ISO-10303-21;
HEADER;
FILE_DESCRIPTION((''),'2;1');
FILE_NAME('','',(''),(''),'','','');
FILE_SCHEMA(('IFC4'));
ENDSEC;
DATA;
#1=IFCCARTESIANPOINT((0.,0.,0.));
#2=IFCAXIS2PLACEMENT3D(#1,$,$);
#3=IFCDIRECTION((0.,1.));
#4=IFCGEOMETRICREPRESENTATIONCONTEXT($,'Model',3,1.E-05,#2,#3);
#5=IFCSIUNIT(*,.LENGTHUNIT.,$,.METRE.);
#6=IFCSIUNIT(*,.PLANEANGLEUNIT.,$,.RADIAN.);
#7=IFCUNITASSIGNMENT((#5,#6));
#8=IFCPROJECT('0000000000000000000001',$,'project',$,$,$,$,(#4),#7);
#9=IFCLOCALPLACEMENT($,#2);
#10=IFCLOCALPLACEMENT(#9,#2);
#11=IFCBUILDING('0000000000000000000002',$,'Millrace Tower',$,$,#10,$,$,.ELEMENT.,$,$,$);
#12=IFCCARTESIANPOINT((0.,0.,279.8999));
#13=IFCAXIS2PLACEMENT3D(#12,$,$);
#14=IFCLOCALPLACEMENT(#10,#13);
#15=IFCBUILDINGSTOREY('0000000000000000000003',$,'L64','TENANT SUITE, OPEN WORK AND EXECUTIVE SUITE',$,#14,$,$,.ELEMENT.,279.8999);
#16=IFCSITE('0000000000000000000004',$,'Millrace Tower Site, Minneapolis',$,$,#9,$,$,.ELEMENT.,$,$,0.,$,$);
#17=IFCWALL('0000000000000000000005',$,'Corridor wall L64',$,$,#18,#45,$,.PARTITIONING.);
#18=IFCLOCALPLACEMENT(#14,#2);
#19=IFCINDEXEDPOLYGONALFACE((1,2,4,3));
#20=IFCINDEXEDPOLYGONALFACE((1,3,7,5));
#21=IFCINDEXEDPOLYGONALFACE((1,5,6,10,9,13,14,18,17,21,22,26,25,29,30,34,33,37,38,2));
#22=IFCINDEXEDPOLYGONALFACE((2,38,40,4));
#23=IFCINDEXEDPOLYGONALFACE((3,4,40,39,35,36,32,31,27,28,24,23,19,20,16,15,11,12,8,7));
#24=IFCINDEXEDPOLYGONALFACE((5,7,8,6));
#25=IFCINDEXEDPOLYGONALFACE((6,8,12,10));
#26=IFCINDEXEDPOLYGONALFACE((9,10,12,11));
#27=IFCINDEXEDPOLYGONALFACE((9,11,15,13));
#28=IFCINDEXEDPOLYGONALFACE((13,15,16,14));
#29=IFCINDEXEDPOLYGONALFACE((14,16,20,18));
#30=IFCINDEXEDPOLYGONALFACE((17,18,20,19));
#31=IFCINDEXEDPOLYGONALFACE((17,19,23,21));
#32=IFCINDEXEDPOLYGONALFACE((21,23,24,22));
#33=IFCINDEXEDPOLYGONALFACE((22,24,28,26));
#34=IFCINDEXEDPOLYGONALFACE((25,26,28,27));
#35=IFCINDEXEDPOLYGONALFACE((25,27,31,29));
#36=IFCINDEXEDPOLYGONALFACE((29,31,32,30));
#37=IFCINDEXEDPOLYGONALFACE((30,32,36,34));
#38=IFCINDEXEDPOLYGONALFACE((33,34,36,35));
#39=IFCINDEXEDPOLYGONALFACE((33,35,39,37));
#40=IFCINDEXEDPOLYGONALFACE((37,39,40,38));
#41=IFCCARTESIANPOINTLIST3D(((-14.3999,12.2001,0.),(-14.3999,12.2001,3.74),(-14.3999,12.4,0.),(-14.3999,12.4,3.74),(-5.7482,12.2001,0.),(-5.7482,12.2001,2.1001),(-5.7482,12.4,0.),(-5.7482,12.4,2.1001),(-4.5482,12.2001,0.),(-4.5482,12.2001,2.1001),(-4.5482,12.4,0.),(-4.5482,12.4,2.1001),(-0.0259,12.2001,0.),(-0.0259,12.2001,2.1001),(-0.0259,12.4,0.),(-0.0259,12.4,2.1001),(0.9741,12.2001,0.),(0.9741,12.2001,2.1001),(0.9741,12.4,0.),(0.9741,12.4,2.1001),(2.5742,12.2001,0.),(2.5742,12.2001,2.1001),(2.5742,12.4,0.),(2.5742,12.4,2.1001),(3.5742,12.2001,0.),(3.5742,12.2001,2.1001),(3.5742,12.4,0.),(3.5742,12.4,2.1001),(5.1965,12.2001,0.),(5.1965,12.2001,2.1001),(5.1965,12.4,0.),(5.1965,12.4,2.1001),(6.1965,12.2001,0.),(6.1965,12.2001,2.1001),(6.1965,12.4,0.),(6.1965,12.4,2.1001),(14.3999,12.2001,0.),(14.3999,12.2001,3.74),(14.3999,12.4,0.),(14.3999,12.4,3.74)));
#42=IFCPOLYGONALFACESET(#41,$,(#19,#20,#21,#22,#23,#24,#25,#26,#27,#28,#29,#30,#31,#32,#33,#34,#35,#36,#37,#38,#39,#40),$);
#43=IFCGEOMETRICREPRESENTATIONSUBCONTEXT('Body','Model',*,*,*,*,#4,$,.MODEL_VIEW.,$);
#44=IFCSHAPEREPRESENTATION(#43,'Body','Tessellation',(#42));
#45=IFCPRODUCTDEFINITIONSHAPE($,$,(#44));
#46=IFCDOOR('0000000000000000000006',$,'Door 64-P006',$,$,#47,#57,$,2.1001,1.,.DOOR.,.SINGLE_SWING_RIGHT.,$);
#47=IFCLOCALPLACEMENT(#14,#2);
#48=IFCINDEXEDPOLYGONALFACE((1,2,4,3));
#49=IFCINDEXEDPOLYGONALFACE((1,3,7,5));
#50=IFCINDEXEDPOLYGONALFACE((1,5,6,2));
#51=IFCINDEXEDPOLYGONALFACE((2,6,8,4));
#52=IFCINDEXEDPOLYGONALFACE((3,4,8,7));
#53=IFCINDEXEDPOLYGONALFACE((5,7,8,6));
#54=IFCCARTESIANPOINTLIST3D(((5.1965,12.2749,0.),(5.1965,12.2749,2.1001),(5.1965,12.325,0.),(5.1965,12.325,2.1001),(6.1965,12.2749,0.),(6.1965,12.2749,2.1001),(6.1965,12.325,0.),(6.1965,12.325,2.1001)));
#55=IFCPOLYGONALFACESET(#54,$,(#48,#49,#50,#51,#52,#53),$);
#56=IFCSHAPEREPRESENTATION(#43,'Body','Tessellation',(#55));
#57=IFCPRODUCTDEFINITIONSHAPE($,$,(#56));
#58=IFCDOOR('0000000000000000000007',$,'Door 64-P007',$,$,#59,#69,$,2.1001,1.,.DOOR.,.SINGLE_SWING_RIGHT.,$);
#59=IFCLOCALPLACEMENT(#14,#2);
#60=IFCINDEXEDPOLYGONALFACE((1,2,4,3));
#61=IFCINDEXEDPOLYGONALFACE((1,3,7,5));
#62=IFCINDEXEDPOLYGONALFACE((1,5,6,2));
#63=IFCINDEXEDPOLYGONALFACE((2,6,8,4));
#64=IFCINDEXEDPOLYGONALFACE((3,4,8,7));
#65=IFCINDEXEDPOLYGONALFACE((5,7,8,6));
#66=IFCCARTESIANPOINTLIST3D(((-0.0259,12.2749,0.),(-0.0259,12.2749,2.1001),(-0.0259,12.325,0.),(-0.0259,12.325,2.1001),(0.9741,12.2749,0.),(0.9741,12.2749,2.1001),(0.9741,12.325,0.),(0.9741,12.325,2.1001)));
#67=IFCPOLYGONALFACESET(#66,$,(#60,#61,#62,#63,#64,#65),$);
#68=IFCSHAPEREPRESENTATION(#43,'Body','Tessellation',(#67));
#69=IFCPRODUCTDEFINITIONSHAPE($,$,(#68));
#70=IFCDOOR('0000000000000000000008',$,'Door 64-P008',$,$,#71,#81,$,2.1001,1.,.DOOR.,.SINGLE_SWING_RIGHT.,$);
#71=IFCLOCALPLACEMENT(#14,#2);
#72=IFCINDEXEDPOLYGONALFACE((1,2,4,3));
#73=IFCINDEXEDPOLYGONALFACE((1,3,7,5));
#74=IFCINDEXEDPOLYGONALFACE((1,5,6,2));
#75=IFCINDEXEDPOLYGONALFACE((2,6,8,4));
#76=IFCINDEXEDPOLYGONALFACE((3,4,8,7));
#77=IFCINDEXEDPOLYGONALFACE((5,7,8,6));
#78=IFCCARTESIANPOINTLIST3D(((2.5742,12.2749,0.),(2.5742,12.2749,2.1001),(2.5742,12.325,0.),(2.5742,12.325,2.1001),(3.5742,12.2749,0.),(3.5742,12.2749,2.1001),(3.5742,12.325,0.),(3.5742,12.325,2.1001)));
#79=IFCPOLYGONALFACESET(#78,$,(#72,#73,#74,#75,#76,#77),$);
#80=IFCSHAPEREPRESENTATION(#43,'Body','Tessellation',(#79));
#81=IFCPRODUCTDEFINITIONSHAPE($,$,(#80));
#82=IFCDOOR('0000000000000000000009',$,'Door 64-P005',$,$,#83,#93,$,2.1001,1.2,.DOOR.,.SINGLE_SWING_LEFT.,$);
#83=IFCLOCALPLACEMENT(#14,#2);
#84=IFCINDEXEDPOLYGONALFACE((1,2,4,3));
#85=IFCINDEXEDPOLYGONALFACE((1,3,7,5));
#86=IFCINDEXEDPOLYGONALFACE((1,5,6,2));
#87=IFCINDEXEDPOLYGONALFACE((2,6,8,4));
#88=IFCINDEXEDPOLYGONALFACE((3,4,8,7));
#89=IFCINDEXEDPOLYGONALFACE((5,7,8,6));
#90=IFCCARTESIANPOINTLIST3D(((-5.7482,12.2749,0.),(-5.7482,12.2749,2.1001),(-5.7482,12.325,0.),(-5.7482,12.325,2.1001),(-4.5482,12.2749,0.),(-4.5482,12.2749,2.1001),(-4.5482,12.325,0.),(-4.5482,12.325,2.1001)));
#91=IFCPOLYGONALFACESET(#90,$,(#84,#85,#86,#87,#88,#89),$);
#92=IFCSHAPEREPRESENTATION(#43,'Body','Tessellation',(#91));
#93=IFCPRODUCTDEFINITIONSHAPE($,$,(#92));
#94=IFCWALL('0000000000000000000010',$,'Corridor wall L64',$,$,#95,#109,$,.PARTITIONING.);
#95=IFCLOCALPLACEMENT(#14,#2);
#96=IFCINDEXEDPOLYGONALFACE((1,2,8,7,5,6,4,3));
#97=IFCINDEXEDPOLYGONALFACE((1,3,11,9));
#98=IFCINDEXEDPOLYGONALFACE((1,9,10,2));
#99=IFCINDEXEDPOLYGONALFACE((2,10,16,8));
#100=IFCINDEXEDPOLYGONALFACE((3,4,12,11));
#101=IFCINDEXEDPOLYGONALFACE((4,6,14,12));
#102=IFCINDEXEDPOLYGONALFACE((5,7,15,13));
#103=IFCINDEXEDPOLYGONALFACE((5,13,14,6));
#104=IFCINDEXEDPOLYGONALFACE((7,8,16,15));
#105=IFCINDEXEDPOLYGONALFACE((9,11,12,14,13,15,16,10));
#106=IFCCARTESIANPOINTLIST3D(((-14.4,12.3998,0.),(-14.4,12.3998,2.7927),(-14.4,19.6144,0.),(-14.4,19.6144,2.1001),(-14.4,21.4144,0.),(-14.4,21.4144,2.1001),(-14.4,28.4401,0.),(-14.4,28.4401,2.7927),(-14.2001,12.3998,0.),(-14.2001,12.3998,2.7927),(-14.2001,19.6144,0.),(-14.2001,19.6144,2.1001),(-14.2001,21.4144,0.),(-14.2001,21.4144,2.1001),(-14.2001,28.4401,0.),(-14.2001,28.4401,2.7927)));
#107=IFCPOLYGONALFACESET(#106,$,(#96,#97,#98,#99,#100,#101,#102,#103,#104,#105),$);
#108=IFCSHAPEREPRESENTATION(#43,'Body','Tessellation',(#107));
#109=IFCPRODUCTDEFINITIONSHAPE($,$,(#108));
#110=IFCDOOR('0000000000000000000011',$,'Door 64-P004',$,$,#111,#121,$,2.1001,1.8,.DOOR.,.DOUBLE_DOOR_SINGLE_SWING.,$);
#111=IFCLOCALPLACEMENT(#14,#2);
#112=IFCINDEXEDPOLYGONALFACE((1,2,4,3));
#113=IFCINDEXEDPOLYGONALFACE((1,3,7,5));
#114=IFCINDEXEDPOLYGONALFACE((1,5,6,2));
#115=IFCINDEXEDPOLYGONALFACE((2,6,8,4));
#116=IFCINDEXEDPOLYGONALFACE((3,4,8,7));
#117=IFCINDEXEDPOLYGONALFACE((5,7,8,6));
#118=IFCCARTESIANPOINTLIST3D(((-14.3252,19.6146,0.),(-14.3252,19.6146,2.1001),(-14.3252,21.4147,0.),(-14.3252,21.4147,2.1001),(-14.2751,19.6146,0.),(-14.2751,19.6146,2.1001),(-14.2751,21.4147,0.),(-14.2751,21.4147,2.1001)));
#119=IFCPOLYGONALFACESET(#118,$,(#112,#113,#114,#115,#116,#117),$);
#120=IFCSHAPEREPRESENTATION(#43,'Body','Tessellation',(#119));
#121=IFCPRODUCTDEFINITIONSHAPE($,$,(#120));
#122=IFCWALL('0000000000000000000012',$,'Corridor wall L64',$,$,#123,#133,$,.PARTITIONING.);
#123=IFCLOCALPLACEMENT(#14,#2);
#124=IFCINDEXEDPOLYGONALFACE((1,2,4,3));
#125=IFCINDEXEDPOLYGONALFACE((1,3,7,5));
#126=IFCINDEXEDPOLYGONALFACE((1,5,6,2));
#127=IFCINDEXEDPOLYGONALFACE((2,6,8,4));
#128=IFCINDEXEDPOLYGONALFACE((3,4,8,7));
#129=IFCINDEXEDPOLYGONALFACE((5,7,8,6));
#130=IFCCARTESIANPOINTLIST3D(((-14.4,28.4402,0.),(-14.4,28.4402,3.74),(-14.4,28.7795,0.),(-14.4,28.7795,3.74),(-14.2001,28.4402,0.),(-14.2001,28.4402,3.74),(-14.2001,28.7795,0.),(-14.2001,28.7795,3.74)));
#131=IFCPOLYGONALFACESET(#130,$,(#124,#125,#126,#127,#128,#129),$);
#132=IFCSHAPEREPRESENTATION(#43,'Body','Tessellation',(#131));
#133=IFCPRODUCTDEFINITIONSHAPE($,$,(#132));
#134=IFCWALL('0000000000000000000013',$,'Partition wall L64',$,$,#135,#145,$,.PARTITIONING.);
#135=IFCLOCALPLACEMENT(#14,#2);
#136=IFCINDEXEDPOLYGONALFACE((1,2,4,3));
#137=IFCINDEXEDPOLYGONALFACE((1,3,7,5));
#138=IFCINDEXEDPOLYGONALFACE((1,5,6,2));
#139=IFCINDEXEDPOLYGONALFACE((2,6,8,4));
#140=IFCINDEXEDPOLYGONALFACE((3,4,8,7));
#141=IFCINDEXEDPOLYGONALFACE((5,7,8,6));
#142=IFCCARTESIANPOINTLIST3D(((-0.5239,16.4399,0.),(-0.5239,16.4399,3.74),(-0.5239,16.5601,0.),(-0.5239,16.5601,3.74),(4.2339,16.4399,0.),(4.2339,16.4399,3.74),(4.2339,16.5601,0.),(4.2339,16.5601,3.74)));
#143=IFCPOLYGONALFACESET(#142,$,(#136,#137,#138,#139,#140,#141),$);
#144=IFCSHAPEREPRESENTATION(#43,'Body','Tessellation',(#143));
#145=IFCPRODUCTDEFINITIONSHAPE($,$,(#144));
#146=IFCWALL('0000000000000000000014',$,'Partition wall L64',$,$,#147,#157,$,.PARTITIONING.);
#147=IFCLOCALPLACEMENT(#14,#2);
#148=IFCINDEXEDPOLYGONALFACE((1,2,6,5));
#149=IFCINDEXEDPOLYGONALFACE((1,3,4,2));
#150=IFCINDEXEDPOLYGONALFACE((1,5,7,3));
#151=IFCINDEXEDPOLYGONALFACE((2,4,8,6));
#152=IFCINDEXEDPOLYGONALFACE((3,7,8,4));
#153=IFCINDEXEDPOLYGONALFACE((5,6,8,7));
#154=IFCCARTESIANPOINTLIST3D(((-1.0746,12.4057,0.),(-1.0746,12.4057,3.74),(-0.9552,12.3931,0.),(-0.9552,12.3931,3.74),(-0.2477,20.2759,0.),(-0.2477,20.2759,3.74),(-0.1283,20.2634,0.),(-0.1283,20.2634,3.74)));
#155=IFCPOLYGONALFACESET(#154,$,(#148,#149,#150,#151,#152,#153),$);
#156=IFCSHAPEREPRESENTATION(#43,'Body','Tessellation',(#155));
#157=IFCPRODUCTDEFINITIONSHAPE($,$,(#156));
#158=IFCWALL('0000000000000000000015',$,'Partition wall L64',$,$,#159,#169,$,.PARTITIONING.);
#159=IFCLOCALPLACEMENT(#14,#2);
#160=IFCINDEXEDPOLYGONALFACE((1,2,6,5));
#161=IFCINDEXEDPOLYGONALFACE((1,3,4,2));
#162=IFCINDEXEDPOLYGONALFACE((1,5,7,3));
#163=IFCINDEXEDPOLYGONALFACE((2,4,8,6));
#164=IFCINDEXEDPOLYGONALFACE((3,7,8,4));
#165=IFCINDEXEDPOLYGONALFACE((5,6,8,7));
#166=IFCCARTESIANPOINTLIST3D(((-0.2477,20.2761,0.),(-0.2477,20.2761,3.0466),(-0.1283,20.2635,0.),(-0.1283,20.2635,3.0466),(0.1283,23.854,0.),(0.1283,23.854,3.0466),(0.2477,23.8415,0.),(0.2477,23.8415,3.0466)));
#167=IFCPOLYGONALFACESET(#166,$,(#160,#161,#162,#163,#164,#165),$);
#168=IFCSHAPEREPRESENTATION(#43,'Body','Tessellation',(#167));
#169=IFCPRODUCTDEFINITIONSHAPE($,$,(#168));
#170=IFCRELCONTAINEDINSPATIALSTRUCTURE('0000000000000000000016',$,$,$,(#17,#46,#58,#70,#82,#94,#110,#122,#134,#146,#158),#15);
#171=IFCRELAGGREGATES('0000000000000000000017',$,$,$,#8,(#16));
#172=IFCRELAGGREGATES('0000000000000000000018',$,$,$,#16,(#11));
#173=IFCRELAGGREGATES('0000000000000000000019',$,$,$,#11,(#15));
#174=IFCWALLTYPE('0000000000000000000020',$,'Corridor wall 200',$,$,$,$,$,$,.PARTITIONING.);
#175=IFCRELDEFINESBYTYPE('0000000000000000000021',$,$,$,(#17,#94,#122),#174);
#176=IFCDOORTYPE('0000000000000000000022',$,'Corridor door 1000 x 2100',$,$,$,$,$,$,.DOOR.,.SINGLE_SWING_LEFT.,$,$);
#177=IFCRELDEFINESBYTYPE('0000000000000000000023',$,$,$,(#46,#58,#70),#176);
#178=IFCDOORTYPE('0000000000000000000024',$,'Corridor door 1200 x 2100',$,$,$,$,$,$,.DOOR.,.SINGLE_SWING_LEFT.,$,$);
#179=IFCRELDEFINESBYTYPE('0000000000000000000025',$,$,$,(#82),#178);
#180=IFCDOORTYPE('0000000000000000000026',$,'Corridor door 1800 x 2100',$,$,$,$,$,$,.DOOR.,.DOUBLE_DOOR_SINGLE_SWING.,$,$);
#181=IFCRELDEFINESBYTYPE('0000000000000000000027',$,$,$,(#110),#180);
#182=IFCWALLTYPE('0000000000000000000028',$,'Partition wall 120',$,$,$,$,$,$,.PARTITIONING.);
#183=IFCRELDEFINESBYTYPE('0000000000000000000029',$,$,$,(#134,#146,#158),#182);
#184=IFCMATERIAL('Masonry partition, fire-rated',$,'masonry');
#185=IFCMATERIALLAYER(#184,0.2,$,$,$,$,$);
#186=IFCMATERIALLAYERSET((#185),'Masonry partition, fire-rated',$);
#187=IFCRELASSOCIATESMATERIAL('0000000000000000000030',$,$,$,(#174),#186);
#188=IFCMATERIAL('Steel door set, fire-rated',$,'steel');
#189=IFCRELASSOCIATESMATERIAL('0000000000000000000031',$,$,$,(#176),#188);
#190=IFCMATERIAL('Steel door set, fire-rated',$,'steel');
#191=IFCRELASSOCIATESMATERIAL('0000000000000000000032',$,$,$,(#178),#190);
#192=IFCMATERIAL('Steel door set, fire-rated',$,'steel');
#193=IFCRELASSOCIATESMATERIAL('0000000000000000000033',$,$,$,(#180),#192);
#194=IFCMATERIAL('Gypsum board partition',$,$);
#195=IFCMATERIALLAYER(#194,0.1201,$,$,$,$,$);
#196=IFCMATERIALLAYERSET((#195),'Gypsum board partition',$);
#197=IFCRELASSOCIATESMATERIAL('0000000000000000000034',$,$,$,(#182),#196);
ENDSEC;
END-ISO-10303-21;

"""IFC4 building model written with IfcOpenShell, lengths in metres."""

from ifc_helpers import new_model, si_unit, direction, frame, frame_2d, origin, place, context, subcontext, project, spatial, rectangle, extrude, material, layer, layer_set, type_object, element, fill, save


model = new_model("IFC4")

# Units and contexts
model_context = context("Model", 3, precision=1e-05, world=origin(), true_north=direction((0.0, 1.0)))
body_context = subcontext(model_context, "Body", "Model", "MODEL_VIEW")
ifc_project = project(units=[si_unit("LENGTHUNIT", "METRE"), si_unit("PLANEANGLEUNIT", "RADIAN")], contexts=[model_context])

# Site, building, storey
site_placement = place(None, origin())
site = spatial("IfcSite", under=ifc_project, at=site_placement, Name="Millrace Tower Site, Minneapolis", CompositionType="ELEMENT", RefElevation=0.0)
building_placement = place(site_placement, origin())
building = spatial("IfcBuilding", under=site, at=building_placement, Name="Millrace Tower", CompositionType="ELEMENT")
storey_placement = place(building_placement, frame((0.0, 0.0, 279.8999)))
storey = spatial("IfcBuildingStorey", under=building, at=storey_placement, Name="L64", Description="TENANT SUITE, OPEN WORK AND EXECUTIVE SUITE", CompositionType="ELEMENT", Elevation=279.8999)

# Wall, openings, doors
ifc_material_1 = material(Name="Masonry partition, fire-rated", Category="masonry")
ifc_layer_1 = layer(ifc_material_1, 0.2)
ifc_layer_set_1 = layer_set([ifc_layer_1], Name="Masonry partition, fire-rated")
wall_type_1 = type_object("IfcWallType", Name="Corridor wall 200", PredefinedType="PARTITIONING", material=ifc_layer_set_1)
wall_1_placement = place(storey_placement, frame((-14.3999, 12.3, 0.0), z_axis=(0.0, 0.0, 1.0), x_axis=(1.0, 0.0, 0.0)))
wall_1 = element("IfcWall", 1, at=wall_1_placement, inside=storey, type_object=wall_type_1, Name="Corridor wall L64", PredefinedType="PARTITIONING", context=body_context, shape_type="SweptSolid", body=[
    extrude(rectangle(XDim=28.7998, YDim=0.2, at=frame_2d((14.3999, 0.0))), origin(), (0.0, 0.0, 1.0), 3.74),
])
opening_1_placement = place(wall_1_placement, frame((8.6516, 0.0, 0.0)))
opening_1 = element("IfcOpeningElement", 2, at=opening_1_placement, cuts=wall_1, PredefinedType="OPENING", context=body_context, shape_type="SweptSolid", body=[
    extrude(rectangle(XDim=1.2, YDim=2.1001, at=frame_2d((0.6001, 1.05))), frame((0.0, 0.1099, 0.0), z_axis=(0.0, -1.0, 0.0), x_axis=(1.0, 0.0, 0.0)), (0.0, 0.0, 1.0), 0.22),
])
opening_2_placement = place(wall_1_placement, frame((19.5964, 0.0, 0.0)))
opening_2 = element("IfcOpeningElement", 3, at=opening_2_placement, cuts=wall_1, PredefinedType="OPENING", context=body_context, shape_type="SweptSolid", body=[
    extrude(rectangle(XDim=1.0, YDim=2.1001, at=frame_2d((0.5, 1.05))), frame((0.0, 0.1099, 0.0), z_axis=(0.0, -1.0, 0.0), x_axis=(1.0, 0.0, 0.0)), (0.0, 0.0, 1.0), 0.22),
])
opening_3_placement = place(wall_1_placement, frame((14.374, 0.0, 0.0)))
opening_3 = element("IfcOpeningElement", 4, at=opening_3_placement, cuts=wall_1, PredefinedType="OPENING", context=body_context, shape_type="SweptSolid", body=[
    extrude(rectangle(XDim=1.0, YDim=2.1001, at=frame_2d((0.5, 1.05))), frame((0.0, 0.1099, 0.0), z_axis=(0.0, -1.0, 0.0), x_axis=(1.0, 0.0, 0.0)), (0.0, 0.0, 1.0), 0.22),
])
opening_4_placement = place(wall_1_placement, frame((16.9741, 0.0, 0.0)))
opening_4 = element("IfcOpeningElement", 5, at=opening_4_placement, cuts=wall_1, PredefinedType="OPENING", context=body_context, shape_type="SweptSolid", body=[
    extrude(rectangle(XDim=1.0, YDim=2.1001, at=frame_2d((0.5, 1.05))), frame((0.0, 0.1099, 0.0), z_axis=(0.0, -1.0, 0.0), x_axis=(1.0, 0.0, 0.0)), (0.0, 0.0, 1.0), 0.22),
])
ifc_material_2 = material(Name="Steel door set, fire-rated", Category="steel")
door_type_1 = type_object("IfcDoorType", Name="Corridor door 1000 x 2100", OperationType="SINGLE_SWING_LEFT", PredefinedType="DOOR", material=ifc_material_2)
door_1_placement = place(opening_2_placement, origin())
door_1 = element("IfcDoor", 6, at=door_1_placement, inside=storey, type_object=door_type_1, Name="Door 64-P006", OperationType="SINGLE_SWING_RIGHT", OverallHeight=2.1001, OverallWidth=1.0, PredefinedType="DOOR", context=body_context, shape_type="SweptSolid", body=[
    extrude(rectangle(XDim=1.0, YDim=2.1001, at=frame_2d((0.5, 1.05))), frame((0.0, 0.0249, 0.0), z_axis=(0.0, -1.0, 0.0), x_axis=(1.0, 0.0, 0.0)), (0.0, 0.0, 1.0), 0.05),
])
fill(opening_2, door_1)
door_2_placement = place(opening_3_placement, origin())
door_2 = element("IfcDoor", 7, at=door_2_placement, inside=storey, type_object=door_type_1, Name="Door 64-P007", OperationType="SINGLE_SWING_RIGHT", OverallHeight=2.1001, OverallWidth=1.0, PredefinedType="DOOR", context=body_context, shape_type="SweptSolid", body=[
    extrude(rectangle(XDim=1.0, YDim=2.1001, at=frame_2d((0.5, 1.05))), frame((0.0, 0.0249, 0.0), z_axis=(0.0, -1.0, 0.0), x_axis=(1.0, 0.0, 0.0)), (0.0, 0.0, 1.0), 0.05),
])
fill(opening_3, door_2)
door_3_placement = place(opening_4_placement, origin())
door_3 = element("IfcDoor", 8, at=door_3_placement, inside=storey, type_object=door_type_1, Name="Door 64-P008", OperationType="SINGLE_SWING_RIGHT", OverallHeight=2.1001, OverallWidth=1.0, PredefinedType="DOOR", context=body_context, shape_type="SweptSolid", body=[
    extrude(rectangle(XDim=1.0, YDim=2.1001, at=frame_2d((0.5, 1.05))), frame((0.0, 0.0249, 0.0), z_axis=(0.0, -1.0, 0.0), x_axis=(1.0, 0.0, 0.0)), (0.0, 0.0, 1.0), 0.05),
])
fill(opening_4, door_3)
ifc_material_3 = material(Name="Steel door set, fire-rated", Category="steel")
door_type_2 = type_object("IfcDoorType", Name="Corridor door 1200 x 2100", OperationType="SINGLE_SWING_LEFT", PredefinedType="DOOR", material=ifc_material_3)
door_4_placement = place(opening_1_placement, origin())
door_4 = element("IfcDoor", 9, at=door_4_placement, inside=storey, type_object=door_type_2, Name="Door 64-P005", OperationType="SINGLE_SWING_LEFT", OverallHeight=2.1001, OverallWidth=1.2, PredefinedType="DOOR", context=body_context, shape_type="SweptSolid", body=[
    extrude(rectangle(XDim=1.2, YDim=2.1001, at=frame_2d((0.6001, 1.05))), frame((0.0, 0.0249, 0.0), z_axis=(0.0, -1.0, 0.0), x_axis=(1.0, 0.0, 0.0)), (0.0, 0.0, 1.0), 0.05),
])
fill(opening_1, door_4)

# Wall, opening, door
wall_2_placement = place(storey_placement, frame((-14.3, 12.3999, 0.0), z_axis=(0.0, 0.0, 1.0), x_axis=(0.0, 1.0, 0.0)))
wall_2 = element("IfcWall", 10, at=wall_2_placement, inside=storey, type_object=wall_type_1, Name="Corridor wall L64", PredefinedType="PARTITIONING", context=body_context, shape_type="SweptSolid", body=[
    extrude(rectangle(XDim=16.0403, YDim=0.2, at=frame_2d((8.02, 0.0))), origin(), (0.0, 0.0, 1.0), 2.7927),
])
opening_5_placement = place(wall_2_placement, frame((7.2146, 0.0, 0.0)))
opening_5 = element("IfcOpeningElement", 11, at=opening_5_placement, cuts=wall_2, PredefinedType="OPENING", context=body_context, shape_type="SweptSolid", body=[
    extrude(rectangle(XDim=1.8, YDim=2.1001, at=frame_2d((0.8999, 1.05))), frame((0.0, 0.1099, 0.0), z_axis=(0.0, -1.0, 0.0), x_axis=(1.0, 0.0, 0.0)), (0.0, 0.0, 1.0), 0.22),
])
ifc_material_4 = material(Name="Steel door set, fire-rated", Category="steel")
door_type_3 = type_object("IfcDoorType", Name="Corridor door 1800 x 2100", OperationType="DOUBLE_DOOR_SINGLE_SWING", PredefinedType="DOOR", material=ifc_material_4)
door_5_placement = place(opening_5_placement, frame((1.8, 0.0, 0.0), z_axis=(0.0, 0.0, 1.0), x_axis=(-1.0, 0.0, 0.0)))
door_5 = element("IfcDoor", 12, at=door_5_placement, inside=storey, type_object=door_type_3, Name="Door 64-P004", OperationType="DOUBLE_DOOR_SINGLE_SWING", OverallHeight=2.1001, OverallWidth=1.8, PredefinedType="DOOR", context=body_context, shape_type="SweptSolid", body=[
    extrude(rectangle(XDim=1.8, YDim=2.1001, at=frame_2d((0.8999, 1.05))), frame((0.0, 0.0249, 0.0), z_axis=(0.0, -1.0, 0.0), x_axis=(1.0, 0.0, 0.0)), (0.0, 0.0, 1.0), 0.05),
])
fill(opening_5, door_5)

# Walls
wall_3_placement = place(storey_placement, frame((-14.3, 28.4402, 0.0), z_axis=(0.0, 0.0, 1.0), x_axis=(0.0, 1.0, 0.0)))
element("IfcWall", 13, at=wall_3_placement, inside=storey, type_object=wall_type_1, Name="Corridor wall L64", PredefinedType="PARTITIONING", context=body_context, shape_type="SweptSolid", body=[
    extrude(rectangle(XDim=0.3394, YDim=0.2, at=frame_2d((0.1697, 0.0))), origin(), (0.0, 0.0, 1.0), 3.74),
])
ifc_material_5 = material(Name="Gypsum board partition")
ifc_layer_2 = layer(ifc_material_5, 0.1201)
ifc_layer_set_2 = layer_set([ifc_layer_2], Name="Gypsum board partition")
wall_type_2 = type_object("IfcWallType", Name="Partition wall 120", PredefinedType="PARTITIONING", material=ifc_layer_set_2)
wall_4_placement = place(storey_placement, frame((-0.5239, 16.5, 0.0), z_axis=(0.0, 0.0, 1.0), x_axis=(1.0, 0.0, 0.0)))
element("IfcWall", 14, at=wall_4_placement, inside=storey, type_object=wall_type_2, Name="Partition wall L64", PredefinedType="PARTITIONING", context=body_context, shape_type="SweptSolid", body=[
    extrude(rectangle(XDim=4.7578, YDim=0.1201, at=frame_2d((2.3789, 0.0))), origin(), (0.0, 0.0, 1.0), 3.74),
])
wall_5_placement = place(storey_placement, frame((-1.0149, 12.3994, 0.0), z_axis=(0.0, 0.0, 1.0), x_axis=(0.10449, 0.994526, 0.0)))
element("IfcWall", 15, at=wall_5_placement, inside=storey, type_object=wall_type_2, Name="Partition wall L64", PredefinedType="PARTITIONING", context=body_context, shape_type="SweptSolid", body=[
    extrude(rectangle(XDim=7.9136, YDim=0.1201, at=frame_2d((3.9568, 0.0))), origin(), (0.0, 0.0, 1.0), 3.74),
])
wall_6_placement = place(storey_placement, frame((-0.188, 20.2698, 0.0), z_axis=(0.0, 0.0, 1.0), x_axis=(0.104508, 0.994524, 0.0)))
element("IfcWall", 16, at=wall_6_placement, inside=storey, type_object=wall_type_2, Name="Partition wall L64", PredefinedType="PARTITIONING", context=body_context, shape_type="SweptSolid", body=[
    extrude(rectangle(XDim=3.5977, YDim=0.1201, at=frame_2d((1.7988, 0.0))), origin(), (0.0, 0.0, 1.0), 3.0466),
])

save(model, "model.ifc")
